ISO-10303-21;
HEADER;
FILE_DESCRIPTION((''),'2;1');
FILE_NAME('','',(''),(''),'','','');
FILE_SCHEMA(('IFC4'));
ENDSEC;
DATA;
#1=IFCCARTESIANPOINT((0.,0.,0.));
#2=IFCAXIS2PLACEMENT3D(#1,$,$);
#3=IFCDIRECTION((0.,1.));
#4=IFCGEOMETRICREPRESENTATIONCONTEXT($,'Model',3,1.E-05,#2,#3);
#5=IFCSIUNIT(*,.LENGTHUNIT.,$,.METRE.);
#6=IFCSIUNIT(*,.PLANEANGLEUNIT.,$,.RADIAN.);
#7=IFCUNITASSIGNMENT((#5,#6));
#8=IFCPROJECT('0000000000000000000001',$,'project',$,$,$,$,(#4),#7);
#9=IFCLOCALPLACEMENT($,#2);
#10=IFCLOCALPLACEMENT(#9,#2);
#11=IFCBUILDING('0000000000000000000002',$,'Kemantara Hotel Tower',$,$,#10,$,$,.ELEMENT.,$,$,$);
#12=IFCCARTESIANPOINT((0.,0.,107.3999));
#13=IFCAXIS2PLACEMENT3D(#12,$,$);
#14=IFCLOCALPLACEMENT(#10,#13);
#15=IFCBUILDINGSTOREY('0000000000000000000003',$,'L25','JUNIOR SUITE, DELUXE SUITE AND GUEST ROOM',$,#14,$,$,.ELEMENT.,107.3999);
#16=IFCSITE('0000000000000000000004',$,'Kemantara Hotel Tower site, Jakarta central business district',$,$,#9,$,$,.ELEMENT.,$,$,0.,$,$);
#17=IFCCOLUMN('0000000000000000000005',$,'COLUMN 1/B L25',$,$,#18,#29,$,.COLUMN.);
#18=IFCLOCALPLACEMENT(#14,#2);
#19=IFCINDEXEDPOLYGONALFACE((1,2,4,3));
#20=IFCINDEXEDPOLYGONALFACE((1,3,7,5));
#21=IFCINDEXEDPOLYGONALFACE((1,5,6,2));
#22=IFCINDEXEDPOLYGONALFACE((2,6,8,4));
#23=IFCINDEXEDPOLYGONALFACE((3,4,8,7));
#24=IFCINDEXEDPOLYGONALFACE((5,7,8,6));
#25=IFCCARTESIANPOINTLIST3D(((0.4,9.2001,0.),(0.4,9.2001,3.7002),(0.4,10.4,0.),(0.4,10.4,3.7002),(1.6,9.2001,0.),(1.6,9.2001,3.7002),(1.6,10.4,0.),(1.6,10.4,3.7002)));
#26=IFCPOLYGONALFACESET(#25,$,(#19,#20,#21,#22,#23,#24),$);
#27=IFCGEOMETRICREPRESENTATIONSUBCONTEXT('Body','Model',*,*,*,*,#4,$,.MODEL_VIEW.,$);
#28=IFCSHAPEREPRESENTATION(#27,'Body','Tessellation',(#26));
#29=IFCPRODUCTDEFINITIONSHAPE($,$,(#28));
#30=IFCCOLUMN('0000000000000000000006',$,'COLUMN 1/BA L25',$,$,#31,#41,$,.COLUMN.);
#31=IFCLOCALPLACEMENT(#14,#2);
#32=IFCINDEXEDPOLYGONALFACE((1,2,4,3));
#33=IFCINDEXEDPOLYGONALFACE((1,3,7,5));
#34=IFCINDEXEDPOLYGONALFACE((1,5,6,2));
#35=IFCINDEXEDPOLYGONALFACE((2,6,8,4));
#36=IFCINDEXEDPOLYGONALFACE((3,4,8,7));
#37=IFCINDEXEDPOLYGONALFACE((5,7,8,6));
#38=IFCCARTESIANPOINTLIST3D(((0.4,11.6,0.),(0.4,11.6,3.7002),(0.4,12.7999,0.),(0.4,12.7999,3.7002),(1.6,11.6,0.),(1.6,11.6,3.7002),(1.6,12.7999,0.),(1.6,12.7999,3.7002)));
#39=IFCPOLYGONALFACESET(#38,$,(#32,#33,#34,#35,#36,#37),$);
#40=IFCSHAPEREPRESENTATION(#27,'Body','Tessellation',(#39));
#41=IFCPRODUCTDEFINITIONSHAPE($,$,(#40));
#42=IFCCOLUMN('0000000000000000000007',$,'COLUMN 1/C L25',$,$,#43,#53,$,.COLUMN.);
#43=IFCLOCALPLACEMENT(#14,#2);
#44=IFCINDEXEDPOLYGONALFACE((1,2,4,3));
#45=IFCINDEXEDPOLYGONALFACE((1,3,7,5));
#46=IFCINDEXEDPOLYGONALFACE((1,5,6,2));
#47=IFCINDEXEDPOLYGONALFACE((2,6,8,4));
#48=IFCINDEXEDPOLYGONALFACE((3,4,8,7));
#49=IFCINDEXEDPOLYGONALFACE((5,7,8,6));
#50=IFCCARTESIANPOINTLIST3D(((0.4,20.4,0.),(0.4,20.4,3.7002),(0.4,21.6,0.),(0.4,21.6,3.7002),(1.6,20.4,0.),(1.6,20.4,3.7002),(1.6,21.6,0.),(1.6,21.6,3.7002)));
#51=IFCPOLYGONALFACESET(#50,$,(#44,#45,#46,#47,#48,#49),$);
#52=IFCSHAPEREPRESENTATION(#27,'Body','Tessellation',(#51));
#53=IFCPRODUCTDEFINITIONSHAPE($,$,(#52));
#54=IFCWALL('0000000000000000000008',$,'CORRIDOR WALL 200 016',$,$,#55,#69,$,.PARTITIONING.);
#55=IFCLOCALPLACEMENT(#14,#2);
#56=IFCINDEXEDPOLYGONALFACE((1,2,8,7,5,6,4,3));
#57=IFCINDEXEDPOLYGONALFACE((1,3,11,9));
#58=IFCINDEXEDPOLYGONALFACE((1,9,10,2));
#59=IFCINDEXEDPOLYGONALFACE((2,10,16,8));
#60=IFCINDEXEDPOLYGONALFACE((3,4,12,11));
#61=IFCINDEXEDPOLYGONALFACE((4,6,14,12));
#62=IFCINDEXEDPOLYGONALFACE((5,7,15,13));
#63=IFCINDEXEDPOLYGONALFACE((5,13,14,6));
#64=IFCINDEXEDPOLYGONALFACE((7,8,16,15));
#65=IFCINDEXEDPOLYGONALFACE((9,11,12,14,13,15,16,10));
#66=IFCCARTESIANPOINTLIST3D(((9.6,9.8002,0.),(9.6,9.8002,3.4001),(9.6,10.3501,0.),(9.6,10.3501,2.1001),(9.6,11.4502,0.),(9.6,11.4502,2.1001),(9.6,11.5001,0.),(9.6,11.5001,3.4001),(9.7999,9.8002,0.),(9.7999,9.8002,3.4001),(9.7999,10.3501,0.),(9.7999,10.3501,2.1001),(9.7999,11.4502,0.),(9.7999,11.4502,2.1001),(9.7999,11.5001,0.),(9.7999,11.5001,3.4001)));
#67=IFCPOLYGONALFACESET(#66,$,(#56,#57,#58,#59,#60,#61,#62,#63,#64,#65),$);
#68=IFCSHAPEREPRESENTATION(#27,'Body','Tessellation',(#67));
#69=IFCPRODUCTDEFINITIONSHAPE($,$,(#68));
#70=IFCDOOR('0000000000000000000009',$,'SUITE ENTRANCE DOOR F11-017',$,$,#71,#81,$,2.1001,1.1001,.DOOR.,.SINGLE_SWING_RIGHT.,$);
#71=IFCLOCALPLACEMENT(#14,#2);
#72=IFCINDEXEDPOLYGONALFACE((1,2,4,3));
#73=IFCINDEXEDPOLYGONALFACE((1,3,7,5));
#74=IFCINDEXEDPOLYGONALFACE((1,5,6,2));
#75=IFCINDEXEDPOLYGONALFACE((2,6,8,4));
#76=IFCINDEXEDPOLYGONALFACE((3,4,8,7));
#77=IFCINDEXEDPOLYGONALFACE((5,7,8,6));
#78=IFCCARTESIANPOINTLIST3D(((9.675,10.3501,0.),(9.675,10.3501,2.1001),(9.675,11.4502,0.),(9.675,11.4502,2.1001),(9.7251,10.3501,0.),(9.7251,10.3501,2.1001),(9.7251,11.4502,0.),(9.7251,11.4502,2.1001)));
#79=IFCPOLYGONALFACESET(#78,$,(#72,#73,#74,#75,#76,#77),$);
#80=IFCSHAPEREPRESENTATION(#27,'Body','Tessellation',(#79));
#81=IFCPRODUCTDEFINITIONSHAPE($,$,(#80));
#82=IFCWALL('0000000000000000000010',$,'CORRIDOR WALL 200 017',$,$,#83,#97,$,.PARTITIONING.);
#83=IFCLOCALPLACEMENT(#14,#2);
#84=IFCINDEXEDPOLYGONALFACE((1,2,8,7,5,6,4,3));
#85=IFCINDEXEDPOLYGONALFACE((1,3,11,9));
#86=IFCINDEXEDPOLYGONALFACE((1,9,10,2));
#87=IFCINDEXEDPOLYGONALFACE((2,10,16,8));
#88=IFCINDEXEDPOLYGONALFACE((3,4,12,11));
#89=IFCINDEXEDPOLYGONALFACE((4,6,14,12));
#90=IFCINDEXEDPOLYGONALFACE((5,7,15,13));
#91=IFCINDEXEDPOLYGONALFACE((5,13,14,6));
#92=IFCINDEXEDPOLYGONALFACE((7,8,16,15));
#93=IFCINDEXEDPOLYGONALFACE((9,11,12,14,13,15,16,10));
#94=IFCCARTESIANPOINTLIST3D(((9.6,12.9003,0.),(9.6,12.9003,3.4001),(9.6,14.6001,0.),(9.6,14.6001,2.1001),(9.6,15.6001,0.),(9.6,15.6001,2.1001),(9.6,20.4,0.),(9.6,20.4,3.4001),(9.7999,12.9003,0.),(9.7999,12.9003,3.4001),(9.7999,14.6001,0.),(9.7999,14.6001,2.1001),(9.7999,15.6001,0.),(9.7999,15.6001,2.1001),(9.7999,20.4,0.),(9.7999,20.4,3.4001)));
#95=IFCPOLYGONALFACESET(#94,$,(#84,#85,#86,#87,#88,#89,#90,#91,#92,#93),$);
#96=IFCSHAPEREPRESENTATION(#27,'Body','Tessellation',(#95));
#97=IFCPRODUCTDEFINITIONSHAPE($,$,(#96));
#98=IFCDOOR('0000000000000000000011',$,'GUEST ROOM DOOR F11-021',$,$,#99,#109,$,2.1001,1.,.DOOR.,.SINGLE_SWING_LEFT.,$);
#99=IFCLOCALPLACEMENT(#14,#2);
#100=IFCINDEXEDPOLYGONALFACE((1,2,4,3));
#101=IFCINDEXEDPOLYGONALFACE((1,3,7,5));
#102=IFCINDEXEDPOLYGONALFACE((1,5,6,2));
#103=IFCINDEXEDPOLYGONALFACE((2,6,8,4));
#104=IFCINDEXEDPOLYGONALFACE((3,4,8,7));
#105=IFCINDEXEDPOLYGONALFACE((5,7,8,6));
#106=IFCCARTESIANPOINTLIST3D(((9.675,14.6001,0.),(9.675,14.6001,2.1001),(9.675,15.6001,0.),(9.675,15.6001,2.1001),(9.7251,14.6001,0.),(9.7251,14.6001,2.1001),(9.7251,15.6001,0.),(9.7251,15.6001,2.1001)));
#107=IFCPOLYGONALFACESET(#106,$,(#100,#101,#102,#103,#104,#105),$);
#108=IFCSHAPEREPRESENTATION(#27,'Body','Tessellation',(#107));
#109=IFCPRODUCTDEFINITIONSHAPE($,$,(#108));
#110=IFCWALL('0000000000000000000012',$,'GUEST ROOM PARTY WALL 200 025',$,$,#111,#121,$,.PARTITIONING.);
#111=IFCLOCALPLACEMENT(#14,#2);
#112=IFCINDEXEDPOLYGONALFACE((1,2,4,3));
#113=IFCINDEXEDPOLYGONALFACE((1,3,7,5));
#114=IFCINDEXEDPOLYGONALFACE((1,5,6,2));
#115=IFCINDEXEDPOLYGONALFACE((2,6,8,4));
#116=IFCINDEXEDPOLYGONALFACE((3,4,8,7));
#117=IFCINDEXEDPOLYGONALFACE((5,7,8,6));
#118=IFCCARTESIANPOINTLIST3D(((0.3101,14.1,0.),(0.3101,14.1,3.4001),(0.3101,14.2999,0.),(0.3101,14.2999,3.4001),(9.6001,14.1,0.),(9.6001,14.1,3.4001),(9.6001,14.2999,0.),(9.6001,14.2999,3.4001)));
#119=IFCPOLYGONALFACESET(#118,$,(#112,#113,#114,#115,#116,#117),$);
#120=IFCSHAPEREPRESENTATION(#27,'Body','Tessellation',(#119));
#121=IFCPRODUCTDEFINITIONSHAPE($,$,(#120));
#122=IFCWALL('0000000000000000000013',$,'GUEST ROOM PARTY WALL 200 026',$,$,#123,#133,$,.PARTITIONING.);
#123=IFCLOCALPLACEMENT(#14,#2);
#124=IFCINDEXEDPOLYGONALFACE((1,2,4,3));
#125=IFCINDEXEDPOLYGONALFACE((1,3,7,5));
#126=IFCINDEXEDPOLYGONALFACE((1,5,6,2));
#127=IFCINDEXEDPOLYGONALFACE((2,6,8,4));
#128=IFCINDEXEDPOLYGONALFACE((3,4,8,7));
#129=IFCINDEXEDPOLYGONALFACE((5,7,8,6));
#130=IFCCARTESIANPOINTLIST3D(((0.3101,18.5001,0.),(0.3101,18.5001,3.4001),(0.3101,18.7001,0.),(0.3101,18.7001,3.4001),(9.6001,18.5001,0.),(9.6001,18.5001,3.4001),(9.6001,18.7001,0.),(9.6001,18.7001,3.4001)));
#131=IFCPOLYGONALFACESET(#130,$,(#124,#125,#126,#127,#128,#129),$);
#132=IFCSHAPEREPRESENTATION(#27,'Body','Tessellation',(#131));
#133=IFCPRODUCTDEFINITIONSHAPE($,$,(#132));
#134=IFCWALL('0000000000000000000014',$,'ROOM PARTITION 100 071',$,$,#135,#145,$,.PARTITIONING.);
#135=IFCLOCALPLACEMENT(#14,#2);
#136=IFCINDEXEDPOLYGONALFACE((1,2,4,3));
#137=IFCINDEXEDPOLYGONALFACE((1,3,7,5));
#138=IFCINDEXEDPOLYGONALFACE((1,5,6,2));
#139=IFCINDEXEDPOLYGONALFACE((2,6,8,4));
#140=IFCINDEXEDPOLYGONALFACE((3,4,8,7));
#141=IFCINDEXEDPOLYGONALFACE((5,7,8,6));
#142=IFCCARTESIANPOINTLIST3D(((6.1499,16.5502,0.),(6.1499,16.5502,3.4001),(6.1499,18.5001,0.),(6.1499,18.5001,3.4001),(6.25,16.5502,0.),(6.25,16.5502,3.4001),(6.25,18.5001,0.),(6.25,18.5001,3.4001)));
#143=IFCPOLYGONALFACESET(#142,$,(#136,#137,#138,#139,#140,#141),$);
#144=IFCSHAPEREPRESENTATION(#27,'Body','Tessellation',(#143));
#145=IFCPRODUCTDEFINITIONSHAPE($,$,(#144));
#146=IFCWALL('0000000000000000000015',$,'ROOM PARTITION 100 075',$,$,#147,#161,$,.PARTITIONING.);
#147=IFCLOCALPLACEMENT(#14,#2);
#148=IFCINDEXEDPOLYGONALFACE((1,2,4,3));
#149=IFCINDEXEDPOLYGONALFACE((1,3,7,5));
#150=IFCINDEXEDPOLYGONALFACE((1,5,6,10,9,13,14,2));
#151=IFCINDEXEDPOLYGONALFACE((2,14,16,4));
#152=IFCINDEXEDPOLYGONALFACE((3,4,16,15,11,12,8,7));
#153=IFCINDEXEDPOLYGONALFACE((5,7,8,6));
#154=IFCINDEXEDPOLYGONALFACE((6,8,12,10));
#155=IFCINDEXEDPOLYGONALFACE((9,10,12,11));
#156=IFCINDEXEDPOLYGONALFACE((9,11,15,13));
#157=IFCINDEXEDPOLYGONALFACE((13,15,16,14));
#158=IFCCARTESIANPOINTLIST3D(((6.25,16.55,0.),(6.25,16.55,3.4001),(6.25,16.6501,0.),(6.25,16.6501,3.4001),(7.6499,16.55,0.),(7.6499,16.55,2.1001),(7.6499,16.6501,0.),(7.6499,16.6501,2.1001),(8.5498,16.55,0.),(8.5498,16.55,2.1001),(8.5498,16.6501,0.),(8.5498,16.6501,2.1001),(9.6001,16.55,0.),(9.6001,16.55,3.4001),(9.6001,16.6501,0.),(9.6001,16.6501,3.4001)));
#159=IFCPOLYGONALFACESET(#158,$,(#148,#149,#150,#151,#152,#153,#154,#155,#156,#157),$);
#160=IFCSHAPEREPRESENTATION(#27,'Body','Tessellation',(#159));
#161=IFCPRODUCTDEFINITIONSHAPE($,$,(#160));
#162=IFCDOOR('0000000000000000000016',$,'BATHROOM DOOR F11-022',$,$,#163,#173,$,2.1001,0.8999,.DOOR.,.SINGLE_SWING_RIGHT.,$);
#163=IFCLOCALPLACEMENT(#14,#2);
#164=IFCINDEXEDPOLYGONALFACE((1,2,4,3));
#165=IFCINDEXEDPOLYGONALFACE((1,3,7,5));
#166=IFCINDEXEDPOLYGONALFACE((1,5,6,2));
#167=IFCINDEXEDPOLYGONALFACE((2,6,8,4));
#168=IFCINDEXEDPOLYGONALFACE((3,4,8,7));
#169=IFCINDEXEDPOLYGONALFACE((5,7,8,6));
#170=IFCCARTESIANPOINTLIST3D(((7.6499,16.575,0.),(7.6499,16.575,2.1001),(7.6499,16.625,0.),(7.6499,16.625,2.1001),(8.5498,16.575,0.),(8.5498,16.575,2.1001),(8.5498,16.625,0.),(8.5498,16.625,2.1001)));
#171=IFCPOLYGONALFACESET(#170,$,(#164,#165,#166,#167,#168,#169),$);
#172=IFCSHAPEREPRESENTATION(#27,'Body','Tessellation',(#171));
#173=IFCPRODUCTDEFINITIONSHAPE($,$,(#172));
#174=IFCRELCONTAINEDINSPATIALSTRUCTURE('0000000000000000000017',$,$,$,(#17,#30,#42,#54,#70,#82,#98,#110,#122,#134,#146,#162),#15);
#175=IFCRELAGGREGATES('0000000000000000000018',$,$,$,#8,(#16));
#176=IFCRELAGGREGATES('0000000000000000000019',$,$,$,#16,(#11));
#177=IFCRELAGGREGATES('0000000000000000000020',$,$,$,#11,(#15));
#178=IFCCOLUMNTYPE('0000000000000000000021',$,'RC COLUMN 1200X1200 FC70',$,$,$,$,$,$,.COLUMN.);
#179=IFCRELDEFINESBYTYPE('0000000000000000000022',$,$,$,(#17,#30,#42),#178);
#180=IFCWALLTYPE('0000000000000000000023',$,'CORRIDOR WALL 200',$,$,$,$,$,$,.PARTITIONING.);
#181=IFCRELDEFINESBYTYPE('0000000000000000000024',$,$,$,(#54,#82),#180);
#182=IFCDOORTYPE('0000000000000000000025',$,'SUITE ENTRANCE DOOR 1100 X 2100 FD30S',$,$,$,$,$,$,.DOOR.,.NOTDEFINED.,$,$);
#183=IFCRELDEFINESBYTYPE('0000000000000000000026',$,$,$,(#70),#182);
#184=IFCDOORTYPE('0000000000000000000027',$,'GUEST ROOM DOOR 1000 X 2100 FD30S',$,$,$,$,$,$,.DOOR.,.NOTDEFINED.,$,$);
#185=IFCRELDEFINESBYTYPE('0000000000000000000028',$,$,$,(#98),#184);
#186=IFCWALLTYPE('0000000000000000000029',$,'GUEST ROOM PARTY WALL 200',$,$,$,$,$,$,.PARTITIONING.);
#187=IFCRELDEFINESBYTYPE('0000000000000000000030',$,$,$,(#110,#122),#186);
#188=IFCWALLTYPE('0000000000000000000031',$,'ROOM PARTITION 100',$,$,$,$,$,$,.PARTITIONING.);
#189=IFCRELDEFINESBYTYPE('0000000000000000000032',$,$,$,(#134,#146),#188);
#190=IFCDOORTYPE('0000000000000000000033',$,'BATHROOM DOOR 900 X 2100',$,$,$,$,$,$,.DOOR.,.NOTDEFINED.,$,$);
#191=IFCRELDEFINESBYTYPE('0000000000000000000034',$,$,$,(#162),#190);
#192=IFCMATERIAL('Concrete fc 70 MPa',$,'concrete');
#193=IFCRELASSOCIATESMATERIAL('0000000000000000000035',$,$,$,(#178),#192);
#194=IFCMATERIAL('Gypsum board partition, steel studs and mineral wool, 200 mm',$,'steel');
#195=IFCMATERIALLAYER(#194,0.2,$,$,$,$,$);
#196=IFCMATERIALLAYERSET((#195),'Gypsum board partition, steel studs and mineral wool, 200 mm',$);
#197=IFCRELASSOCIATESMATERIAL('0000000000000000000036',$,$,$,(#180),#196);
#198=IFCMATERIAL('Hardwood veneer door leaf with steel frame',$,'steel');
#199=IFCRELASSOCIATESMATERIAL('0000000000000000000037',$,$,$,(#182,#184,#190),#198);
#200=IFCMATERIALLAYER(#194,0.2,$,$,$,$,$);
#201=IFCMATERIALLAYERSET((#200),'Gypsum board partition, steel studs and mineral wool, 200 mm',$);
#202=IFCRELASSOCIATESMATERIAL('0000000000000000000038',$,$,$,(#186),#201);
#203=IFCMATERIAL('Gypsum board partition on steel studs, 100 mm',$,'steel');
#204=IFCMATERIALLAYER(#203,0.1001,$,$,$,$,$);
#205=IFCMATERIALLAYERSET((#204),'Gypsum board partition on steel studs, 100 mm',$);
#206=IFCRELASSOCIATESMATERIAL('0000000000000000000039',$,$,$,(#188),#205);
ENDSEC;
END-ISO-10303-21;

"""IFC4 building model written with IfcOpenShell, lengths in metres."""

from ifc_helpers import new_model, si_unit, direction, frame, frame_2d, origin, origin_2d, place, context, subcontext, project, spatial, rectangle, extrude, material, layer, layer_set, material_profile, profile_set, type_object, element, fill, save


model = new_model("IFC4")

# Units and contexts
model_context = context("Model", 3, precision=1e-05, world=origin(), true_north=direction((0.0, 1.0)))
body_context = subcontext(model_context, "Body", "Model", "MODEL_VIEW")
ifc_project = project(units=[si_unit("LENGTHUNIT", "METRE"), si_unit("PLANEANGLEUNIT", "RADIAN")], contexts=[model_context])

# Site, building, storey
site_placement = place(None, origin())
site = spatial("IfcSite", under=ifc_project, at=site_placement, Name="Kemantara Hotel Tower site, Jakarta central business district", CompositionType="ELEMENT", RefElevation=0.0)
building_placement = place(site_placement, origin())
building = spatial("IfcBuilding", under=site, at=building_placement, Name="Kemantara Hotel Tower", CompositionType="ELEMENT")
storey_placement = place(building_placement, frame((0.0, 0.0, 107.3999)))
storey = spatial("IfcBuildingStorey", under=building, at=storey_placement, Name="L25", Description="JUNIOR SUITE, DELUXE SUITE AND GUEST ROOM", CompositionType="ELEMENT", Elevation=107.3999)

# Columns
ifc_material_1 = material(Name="Concrete fc 70 MPa", Category="concrete")
ifc_material_profile = material_profile(ifc_material_1, rectangle(XDim=1.2, YDim=1.2, at=origin_2d()), Name="RC 1200X1200")
ifc_profile_set = profile_set([ifc_material_profile], Name="Concrete fc 70 MPa")
column_type = type_object("IfcColumnType", Name="RC COLUMN 1200X1200 FC70", PredefinedType="COLUMN", material=ifc_profile_set)
for number, where, z_axis, x_axis, name in (
    (1, (1.0, 9.8, 0.0), (0.0, 0.0, 1.0), (1.0, 0.0, 0.0), "COLUMN 1/B L25"),
    (2, (1.0, 12.2, 0.0), (0.0, 0.0, 1.0), (1.0, 0.0, 0.0), "COLUMN 1/BA L25"),
    (3, (1.0, 21.0, 0.0), (0.0, 0.0, 1.0), (1.0, 0.0, 0.0), "COLUMN 1/C L25"),
):
    element("IfcColumn", number, at=place(storey_placement, frame(where, z_axis=z_axis, x_axis=x_axis)), inside=storey, type_object=column_type, Name=name, PredefinedType="COLUMN", context=body_context, shape_type="SweptSolid", body=[
        extrude(rectangle(XDim=1.2, YDim=1.2, at=origin_2d()), origin(), (0.0, 0.0, 1.0), 3.7002),
    ])

# Walls, openings, doors
ifc_material_2 = material(Name="Gypsum board partition, steel studs and mineral wool, 200 mm", Category="steel")
ifc_layer_1 = layer(ifc_material_2, 0.2)
ifc_layer_set_1 = layer_set([ifc_layer_1], Name="Gypsum board partition, steel studs and mineral wool, 200 mm")
wall_type_1 = type_object("IfcWallType", Name="CORRIDOR WALL 200", PredefinedType="PARTITIONING", material=ifc_layer_set_1)
wall_1_placement = place(storey_placement, frame((9.7, 9.8, 0.0), z_axis=(0.0, 0.0, 1.0), x_axis=(0.0, 1.0, 0.0)))
wall_1 = element("IfcWall", 4, at=wall_1_placement, inside=storey, type_object=wall_type_1, Name="CORRIDOR WALL 200 016", PredefinedType="PARTITIONING", context=body_context, shape_type="SweptSolid", body=[
    extrude(rectangle(XDim=1.7, YDim=0.2, at=frame_2d((0.8501, 0.0))), origin(), (0.0, 0.0, 1.0), 3.4001),
])
opening_1_placement = place(wall_1_placement, frame((0.55, 0.0, 0.0)))
opening_1 = element("IfcOpeningElement", 5, at=opening_1_placement, cuts=wall_1, PredefinedType="OPENING", context=body_context, shape_type="SweptSolid", body=[
    extrude(rectangle(XDim=1.1001, YDim=2.1001, at=frame_2d((0.55, 1.05))), frame((0.0, 0.1099, 0.0), z_axis=(0.0, -1.0, 0.0), x_axis=(1.0, 0.0, 0.0)), (0.0, 0.0, 1.0), 0.22),
])
ifc_material_3 = material(Name="Hardwood veneer door leaf with steel frame", Category="steel")
door_type_1 = type_object("IfcDoorType", Name="SUITE ENTRANCE DOOR 1100 X 2100 FD30S", OperationType="NOTDEFINED", PredefinedType="DOOR", material=ifc_material_3)
door_1_placement = place(opening_1_placement, origin())
door_1 = element("IfcDoor", 6, at=door_1_placement, inside=storey, type_object=door_type_1, Name="SUITE ENTRANCE DOOR F11-017", OperationType="SINGLE_SWING_RIGHT", OverallHeight=2.1001, OverallWidth=1.1001, PredefinedType="DOOR", context=body_context, shape_type="SweptSolid", body=[
    extrude(rectangle(XDim=1.1001, YDim=2.1001, at=frame_2d((0.55, 1.05))), frame((0.0, 0.0249, 0.0), z_axis=(0.0, -1.0, 0.0), x_axis=(1.0, 0.0, 0.0)), (0.0, 0.0, 1.0), 0.05),
])
fill(opening_1, door_1)
wall_2_placement = place(storey_placement, frame((9.7, 12.9001, 0.0), z_axis=(0.0, 0.0, 1.0), x_axis=(0.0, 1.0, 0.0)))
wall_2 = element("IfcWall", 7, at=wall_2_placement, inside=storey, type_object=wall_type_1, Name="CORRIDOR WALL 200 017", PredefinedType="PARTITIONING", context=body_context, shape_type="SweptSolid", body=[
    extrude(rectangle(XDim=7.4998, YDim=0.2, at=frame_2d((3.75, 0.0))), origin(), (0.0, 0.0, 1.0), 3.4001),
])
opening_2_placement = place(wall_2_placement, frame((1.7, 0.0, 0.0)))
opening_2 = element("IfcOpeningElement", 8, at=opening_2_placement, cuts=wall_2, PredefinedType="OPENING", context=body_context, shape_type="SweptSolid", body=[
    extrude(rectangle(XDim=1.0, YDim=2.1001, at=frame_2d((0.5, 1.05))), frame((0.0, 0.1099, 0.0), z_axis=(0.0, -1.0, 0.0), x_axis=(1.0, 0.0, 0.0)), (0.0, 0.0, 1.0), 0.22),
])
door_type_2 = type_object("IfcDoorType", Name="GUEST ROOM DOOR 1000 X 2100 FD30S", OperationType="NOTDEFINED", PredefinedType="DOOR", material=ifc_material_3)
door_2_placement = place(opening_2_placement, origin())
door_2 = element("IfcDoor", 9, at=door_2_placement, inside=storey, type_object=door_type_2, Name="GUEST ROOM DOOR F11-021", OperationType="SINGLE_SWING_LEFT", OverallHeight=2.1001, OverallWidth=1.0, PredefinedType="DOOR", context=body_context, shape_type="SweptSolid", body=[
    extrude(rectangle(XDim=1.0, YDim=2.1001, at=frame_2d((0.5, 1.05))), frame((0.0, 0.0249, 0.0), z_axis=(0.0, -1.0, 0.0), x_axis=(1.0, 0.0, 0.0)), (0.0, 0.0, 1.0), 0.05),
])
fill(opening_2, door_2)

# Walls
ifc_layer_2 = layer(ifc_material_2, 0.2)
ifc_layer_set_2 = layer_set([ifc_layer_2], Name="Gypsum board partition, steel studs and mineral wool, 200 mm")
wall_type_2 = type_object("IfcWallType", Name="GUEST ROOM PARTY WALL 200", PredefinedType="PARTITIONING", material=ifc_layer_set_2)
for number, where, z_axis, x_axis, name in (
    (10, (0.3101, 14.2, 0.0), (0.0, 0.0, 1.0), (1.0, 0.0, 0.0), "GUEST ROOM PARTY WALL 200 025"),
    (11, (0.3101, 18.6001, 0.0), (0.0, 0.0, 1.0), (1.0, 0.0, 0.0), "GUEST ROOM PARTY WALL 200 026"),
):
    element("IfcWall", number, at=place(storey_placement, frame(where, z_axis=z_axis, x_axis=x_axis)), inside=storey, type_object=wall_type_2, Name=name, PredefinedType="PARTITIONING", context=body_context, shape_type="SweptSolid", body=[
        extrude(rectangle(XDim=9.29, YDim=0.2, at=frame_2d((4.645, 0.0))), origin(), (0.0, 0.0, 1.0), 3.4001),
    ])
ifc_material_4 = material(Name="Gypsum board partition on steel studs, 100 mm", Category="steel")
ifc_layer_3 = layer(ifc_material_4, 0.1001)
ifc_layer_set_3 = layer_set([ifc_layer_3], Name="Gypsum board partition on steel studs, 100 mm")
wall_type_3 = type_object("IfcWallType", Name="ROOM PARTITION 100", PredefinedType="PARTITIONING", material=ifc_layer_set_3)
wall_3_placement = place(storey_placement, frame((6.2, 16.55, 0.0), z_axis=(0.0, 0.0, 1.0), x_axis=(0.0, 1.0, 0.0)))
element("IfcWall", 12, at=wall_3_placement, inside=storey, type_object=wall_type_3, Name="ROOM PARTITION 100 071", PredefinedType="PARTITIONING", context=body_context, shape_type="SweptSolid", body=[
    extrude(rectangle(XDim=1.95, YDim=0.1001, at=frame_2d((0.9751, 0.0))), origin(), (0.0, 0.0, 1.0), 3.4001),
])

# Wall, opening, door
wall_4_placement = place(storey_placement, frame((6.25, 16.6001, 0.0), z_axis=(0.0, 0.0, 1.0), x_axis=(1.0, 0.0, 0.0)))
wall_4 = element("IfcWall", 13, at=wall_4_placement, inside=storey, type_object=wall_type_3, Name="ROOM PARTITION 100 075", PredefinedType="PARTITIONING", context=body_context, shape_type="SweptSolid", body=[
    extrude(rectangle(XDim=3.3501, YDim=0.1001, at=frame_2d((1.675, 0.0))), origin(), (0.0, 0.0, 1.0), 3.4001),
])
opening_3_placement = place(wall_4_placement, frame((1.3999, 0.0, 0.0)))
opening_3 = element("IfcOpeningElement", 14, at=opening_3_placement, cuts=wall_4, PredefinedType="OPENING", context=body_context, shape_type="SweptSolid", body=[
    extrude(rectangle(XDim=0.8999, YDim=2.1001, at=frame_2d((0.45, 1.05))), frame((0.0, 0.0601, 0.0), z_axis=(0.0, -1.0, 0.0), x_axis=(1.0, 0.0, 0.0)), (0.0, 0.0, 1.0), 0.1201),
])
door_type_3 = type_object("IfcDoorType", Name="BATHROOM DOOR 900 X 2100", OperationType="NOTDEFINED", PredefinedType="DOOR", material=ifc_material_3)
door_3_placement = place(opening_3_placement, origin())
door_3 = element("IfcDoor", 15, at=door_3_placement, inside=storey, type_object=door_type_3, Name="BATHROOM DOOR F11-022", OperationType="SINGLE_SWING_RIGHT", OverallHeight=2.1001, OverallWidth=0.8999, PredefinedType="DOOR", context=body_context, shape_type="SweptSolid", body=[
    extrude(rectangle(XDim=0.8999, YDim=2.1001, at=frame_2d((0.45, 1.05))), frame((0.0, 0.0249, 0.0), z_axis=(0.0, -1.0, 0.0), x_axis=(1.0, 0.0, 0.0)), (0.0, 0.0, 1.0), 0.05),
])
fill(opening_3, door_3)

save(model, "model.ifc")
